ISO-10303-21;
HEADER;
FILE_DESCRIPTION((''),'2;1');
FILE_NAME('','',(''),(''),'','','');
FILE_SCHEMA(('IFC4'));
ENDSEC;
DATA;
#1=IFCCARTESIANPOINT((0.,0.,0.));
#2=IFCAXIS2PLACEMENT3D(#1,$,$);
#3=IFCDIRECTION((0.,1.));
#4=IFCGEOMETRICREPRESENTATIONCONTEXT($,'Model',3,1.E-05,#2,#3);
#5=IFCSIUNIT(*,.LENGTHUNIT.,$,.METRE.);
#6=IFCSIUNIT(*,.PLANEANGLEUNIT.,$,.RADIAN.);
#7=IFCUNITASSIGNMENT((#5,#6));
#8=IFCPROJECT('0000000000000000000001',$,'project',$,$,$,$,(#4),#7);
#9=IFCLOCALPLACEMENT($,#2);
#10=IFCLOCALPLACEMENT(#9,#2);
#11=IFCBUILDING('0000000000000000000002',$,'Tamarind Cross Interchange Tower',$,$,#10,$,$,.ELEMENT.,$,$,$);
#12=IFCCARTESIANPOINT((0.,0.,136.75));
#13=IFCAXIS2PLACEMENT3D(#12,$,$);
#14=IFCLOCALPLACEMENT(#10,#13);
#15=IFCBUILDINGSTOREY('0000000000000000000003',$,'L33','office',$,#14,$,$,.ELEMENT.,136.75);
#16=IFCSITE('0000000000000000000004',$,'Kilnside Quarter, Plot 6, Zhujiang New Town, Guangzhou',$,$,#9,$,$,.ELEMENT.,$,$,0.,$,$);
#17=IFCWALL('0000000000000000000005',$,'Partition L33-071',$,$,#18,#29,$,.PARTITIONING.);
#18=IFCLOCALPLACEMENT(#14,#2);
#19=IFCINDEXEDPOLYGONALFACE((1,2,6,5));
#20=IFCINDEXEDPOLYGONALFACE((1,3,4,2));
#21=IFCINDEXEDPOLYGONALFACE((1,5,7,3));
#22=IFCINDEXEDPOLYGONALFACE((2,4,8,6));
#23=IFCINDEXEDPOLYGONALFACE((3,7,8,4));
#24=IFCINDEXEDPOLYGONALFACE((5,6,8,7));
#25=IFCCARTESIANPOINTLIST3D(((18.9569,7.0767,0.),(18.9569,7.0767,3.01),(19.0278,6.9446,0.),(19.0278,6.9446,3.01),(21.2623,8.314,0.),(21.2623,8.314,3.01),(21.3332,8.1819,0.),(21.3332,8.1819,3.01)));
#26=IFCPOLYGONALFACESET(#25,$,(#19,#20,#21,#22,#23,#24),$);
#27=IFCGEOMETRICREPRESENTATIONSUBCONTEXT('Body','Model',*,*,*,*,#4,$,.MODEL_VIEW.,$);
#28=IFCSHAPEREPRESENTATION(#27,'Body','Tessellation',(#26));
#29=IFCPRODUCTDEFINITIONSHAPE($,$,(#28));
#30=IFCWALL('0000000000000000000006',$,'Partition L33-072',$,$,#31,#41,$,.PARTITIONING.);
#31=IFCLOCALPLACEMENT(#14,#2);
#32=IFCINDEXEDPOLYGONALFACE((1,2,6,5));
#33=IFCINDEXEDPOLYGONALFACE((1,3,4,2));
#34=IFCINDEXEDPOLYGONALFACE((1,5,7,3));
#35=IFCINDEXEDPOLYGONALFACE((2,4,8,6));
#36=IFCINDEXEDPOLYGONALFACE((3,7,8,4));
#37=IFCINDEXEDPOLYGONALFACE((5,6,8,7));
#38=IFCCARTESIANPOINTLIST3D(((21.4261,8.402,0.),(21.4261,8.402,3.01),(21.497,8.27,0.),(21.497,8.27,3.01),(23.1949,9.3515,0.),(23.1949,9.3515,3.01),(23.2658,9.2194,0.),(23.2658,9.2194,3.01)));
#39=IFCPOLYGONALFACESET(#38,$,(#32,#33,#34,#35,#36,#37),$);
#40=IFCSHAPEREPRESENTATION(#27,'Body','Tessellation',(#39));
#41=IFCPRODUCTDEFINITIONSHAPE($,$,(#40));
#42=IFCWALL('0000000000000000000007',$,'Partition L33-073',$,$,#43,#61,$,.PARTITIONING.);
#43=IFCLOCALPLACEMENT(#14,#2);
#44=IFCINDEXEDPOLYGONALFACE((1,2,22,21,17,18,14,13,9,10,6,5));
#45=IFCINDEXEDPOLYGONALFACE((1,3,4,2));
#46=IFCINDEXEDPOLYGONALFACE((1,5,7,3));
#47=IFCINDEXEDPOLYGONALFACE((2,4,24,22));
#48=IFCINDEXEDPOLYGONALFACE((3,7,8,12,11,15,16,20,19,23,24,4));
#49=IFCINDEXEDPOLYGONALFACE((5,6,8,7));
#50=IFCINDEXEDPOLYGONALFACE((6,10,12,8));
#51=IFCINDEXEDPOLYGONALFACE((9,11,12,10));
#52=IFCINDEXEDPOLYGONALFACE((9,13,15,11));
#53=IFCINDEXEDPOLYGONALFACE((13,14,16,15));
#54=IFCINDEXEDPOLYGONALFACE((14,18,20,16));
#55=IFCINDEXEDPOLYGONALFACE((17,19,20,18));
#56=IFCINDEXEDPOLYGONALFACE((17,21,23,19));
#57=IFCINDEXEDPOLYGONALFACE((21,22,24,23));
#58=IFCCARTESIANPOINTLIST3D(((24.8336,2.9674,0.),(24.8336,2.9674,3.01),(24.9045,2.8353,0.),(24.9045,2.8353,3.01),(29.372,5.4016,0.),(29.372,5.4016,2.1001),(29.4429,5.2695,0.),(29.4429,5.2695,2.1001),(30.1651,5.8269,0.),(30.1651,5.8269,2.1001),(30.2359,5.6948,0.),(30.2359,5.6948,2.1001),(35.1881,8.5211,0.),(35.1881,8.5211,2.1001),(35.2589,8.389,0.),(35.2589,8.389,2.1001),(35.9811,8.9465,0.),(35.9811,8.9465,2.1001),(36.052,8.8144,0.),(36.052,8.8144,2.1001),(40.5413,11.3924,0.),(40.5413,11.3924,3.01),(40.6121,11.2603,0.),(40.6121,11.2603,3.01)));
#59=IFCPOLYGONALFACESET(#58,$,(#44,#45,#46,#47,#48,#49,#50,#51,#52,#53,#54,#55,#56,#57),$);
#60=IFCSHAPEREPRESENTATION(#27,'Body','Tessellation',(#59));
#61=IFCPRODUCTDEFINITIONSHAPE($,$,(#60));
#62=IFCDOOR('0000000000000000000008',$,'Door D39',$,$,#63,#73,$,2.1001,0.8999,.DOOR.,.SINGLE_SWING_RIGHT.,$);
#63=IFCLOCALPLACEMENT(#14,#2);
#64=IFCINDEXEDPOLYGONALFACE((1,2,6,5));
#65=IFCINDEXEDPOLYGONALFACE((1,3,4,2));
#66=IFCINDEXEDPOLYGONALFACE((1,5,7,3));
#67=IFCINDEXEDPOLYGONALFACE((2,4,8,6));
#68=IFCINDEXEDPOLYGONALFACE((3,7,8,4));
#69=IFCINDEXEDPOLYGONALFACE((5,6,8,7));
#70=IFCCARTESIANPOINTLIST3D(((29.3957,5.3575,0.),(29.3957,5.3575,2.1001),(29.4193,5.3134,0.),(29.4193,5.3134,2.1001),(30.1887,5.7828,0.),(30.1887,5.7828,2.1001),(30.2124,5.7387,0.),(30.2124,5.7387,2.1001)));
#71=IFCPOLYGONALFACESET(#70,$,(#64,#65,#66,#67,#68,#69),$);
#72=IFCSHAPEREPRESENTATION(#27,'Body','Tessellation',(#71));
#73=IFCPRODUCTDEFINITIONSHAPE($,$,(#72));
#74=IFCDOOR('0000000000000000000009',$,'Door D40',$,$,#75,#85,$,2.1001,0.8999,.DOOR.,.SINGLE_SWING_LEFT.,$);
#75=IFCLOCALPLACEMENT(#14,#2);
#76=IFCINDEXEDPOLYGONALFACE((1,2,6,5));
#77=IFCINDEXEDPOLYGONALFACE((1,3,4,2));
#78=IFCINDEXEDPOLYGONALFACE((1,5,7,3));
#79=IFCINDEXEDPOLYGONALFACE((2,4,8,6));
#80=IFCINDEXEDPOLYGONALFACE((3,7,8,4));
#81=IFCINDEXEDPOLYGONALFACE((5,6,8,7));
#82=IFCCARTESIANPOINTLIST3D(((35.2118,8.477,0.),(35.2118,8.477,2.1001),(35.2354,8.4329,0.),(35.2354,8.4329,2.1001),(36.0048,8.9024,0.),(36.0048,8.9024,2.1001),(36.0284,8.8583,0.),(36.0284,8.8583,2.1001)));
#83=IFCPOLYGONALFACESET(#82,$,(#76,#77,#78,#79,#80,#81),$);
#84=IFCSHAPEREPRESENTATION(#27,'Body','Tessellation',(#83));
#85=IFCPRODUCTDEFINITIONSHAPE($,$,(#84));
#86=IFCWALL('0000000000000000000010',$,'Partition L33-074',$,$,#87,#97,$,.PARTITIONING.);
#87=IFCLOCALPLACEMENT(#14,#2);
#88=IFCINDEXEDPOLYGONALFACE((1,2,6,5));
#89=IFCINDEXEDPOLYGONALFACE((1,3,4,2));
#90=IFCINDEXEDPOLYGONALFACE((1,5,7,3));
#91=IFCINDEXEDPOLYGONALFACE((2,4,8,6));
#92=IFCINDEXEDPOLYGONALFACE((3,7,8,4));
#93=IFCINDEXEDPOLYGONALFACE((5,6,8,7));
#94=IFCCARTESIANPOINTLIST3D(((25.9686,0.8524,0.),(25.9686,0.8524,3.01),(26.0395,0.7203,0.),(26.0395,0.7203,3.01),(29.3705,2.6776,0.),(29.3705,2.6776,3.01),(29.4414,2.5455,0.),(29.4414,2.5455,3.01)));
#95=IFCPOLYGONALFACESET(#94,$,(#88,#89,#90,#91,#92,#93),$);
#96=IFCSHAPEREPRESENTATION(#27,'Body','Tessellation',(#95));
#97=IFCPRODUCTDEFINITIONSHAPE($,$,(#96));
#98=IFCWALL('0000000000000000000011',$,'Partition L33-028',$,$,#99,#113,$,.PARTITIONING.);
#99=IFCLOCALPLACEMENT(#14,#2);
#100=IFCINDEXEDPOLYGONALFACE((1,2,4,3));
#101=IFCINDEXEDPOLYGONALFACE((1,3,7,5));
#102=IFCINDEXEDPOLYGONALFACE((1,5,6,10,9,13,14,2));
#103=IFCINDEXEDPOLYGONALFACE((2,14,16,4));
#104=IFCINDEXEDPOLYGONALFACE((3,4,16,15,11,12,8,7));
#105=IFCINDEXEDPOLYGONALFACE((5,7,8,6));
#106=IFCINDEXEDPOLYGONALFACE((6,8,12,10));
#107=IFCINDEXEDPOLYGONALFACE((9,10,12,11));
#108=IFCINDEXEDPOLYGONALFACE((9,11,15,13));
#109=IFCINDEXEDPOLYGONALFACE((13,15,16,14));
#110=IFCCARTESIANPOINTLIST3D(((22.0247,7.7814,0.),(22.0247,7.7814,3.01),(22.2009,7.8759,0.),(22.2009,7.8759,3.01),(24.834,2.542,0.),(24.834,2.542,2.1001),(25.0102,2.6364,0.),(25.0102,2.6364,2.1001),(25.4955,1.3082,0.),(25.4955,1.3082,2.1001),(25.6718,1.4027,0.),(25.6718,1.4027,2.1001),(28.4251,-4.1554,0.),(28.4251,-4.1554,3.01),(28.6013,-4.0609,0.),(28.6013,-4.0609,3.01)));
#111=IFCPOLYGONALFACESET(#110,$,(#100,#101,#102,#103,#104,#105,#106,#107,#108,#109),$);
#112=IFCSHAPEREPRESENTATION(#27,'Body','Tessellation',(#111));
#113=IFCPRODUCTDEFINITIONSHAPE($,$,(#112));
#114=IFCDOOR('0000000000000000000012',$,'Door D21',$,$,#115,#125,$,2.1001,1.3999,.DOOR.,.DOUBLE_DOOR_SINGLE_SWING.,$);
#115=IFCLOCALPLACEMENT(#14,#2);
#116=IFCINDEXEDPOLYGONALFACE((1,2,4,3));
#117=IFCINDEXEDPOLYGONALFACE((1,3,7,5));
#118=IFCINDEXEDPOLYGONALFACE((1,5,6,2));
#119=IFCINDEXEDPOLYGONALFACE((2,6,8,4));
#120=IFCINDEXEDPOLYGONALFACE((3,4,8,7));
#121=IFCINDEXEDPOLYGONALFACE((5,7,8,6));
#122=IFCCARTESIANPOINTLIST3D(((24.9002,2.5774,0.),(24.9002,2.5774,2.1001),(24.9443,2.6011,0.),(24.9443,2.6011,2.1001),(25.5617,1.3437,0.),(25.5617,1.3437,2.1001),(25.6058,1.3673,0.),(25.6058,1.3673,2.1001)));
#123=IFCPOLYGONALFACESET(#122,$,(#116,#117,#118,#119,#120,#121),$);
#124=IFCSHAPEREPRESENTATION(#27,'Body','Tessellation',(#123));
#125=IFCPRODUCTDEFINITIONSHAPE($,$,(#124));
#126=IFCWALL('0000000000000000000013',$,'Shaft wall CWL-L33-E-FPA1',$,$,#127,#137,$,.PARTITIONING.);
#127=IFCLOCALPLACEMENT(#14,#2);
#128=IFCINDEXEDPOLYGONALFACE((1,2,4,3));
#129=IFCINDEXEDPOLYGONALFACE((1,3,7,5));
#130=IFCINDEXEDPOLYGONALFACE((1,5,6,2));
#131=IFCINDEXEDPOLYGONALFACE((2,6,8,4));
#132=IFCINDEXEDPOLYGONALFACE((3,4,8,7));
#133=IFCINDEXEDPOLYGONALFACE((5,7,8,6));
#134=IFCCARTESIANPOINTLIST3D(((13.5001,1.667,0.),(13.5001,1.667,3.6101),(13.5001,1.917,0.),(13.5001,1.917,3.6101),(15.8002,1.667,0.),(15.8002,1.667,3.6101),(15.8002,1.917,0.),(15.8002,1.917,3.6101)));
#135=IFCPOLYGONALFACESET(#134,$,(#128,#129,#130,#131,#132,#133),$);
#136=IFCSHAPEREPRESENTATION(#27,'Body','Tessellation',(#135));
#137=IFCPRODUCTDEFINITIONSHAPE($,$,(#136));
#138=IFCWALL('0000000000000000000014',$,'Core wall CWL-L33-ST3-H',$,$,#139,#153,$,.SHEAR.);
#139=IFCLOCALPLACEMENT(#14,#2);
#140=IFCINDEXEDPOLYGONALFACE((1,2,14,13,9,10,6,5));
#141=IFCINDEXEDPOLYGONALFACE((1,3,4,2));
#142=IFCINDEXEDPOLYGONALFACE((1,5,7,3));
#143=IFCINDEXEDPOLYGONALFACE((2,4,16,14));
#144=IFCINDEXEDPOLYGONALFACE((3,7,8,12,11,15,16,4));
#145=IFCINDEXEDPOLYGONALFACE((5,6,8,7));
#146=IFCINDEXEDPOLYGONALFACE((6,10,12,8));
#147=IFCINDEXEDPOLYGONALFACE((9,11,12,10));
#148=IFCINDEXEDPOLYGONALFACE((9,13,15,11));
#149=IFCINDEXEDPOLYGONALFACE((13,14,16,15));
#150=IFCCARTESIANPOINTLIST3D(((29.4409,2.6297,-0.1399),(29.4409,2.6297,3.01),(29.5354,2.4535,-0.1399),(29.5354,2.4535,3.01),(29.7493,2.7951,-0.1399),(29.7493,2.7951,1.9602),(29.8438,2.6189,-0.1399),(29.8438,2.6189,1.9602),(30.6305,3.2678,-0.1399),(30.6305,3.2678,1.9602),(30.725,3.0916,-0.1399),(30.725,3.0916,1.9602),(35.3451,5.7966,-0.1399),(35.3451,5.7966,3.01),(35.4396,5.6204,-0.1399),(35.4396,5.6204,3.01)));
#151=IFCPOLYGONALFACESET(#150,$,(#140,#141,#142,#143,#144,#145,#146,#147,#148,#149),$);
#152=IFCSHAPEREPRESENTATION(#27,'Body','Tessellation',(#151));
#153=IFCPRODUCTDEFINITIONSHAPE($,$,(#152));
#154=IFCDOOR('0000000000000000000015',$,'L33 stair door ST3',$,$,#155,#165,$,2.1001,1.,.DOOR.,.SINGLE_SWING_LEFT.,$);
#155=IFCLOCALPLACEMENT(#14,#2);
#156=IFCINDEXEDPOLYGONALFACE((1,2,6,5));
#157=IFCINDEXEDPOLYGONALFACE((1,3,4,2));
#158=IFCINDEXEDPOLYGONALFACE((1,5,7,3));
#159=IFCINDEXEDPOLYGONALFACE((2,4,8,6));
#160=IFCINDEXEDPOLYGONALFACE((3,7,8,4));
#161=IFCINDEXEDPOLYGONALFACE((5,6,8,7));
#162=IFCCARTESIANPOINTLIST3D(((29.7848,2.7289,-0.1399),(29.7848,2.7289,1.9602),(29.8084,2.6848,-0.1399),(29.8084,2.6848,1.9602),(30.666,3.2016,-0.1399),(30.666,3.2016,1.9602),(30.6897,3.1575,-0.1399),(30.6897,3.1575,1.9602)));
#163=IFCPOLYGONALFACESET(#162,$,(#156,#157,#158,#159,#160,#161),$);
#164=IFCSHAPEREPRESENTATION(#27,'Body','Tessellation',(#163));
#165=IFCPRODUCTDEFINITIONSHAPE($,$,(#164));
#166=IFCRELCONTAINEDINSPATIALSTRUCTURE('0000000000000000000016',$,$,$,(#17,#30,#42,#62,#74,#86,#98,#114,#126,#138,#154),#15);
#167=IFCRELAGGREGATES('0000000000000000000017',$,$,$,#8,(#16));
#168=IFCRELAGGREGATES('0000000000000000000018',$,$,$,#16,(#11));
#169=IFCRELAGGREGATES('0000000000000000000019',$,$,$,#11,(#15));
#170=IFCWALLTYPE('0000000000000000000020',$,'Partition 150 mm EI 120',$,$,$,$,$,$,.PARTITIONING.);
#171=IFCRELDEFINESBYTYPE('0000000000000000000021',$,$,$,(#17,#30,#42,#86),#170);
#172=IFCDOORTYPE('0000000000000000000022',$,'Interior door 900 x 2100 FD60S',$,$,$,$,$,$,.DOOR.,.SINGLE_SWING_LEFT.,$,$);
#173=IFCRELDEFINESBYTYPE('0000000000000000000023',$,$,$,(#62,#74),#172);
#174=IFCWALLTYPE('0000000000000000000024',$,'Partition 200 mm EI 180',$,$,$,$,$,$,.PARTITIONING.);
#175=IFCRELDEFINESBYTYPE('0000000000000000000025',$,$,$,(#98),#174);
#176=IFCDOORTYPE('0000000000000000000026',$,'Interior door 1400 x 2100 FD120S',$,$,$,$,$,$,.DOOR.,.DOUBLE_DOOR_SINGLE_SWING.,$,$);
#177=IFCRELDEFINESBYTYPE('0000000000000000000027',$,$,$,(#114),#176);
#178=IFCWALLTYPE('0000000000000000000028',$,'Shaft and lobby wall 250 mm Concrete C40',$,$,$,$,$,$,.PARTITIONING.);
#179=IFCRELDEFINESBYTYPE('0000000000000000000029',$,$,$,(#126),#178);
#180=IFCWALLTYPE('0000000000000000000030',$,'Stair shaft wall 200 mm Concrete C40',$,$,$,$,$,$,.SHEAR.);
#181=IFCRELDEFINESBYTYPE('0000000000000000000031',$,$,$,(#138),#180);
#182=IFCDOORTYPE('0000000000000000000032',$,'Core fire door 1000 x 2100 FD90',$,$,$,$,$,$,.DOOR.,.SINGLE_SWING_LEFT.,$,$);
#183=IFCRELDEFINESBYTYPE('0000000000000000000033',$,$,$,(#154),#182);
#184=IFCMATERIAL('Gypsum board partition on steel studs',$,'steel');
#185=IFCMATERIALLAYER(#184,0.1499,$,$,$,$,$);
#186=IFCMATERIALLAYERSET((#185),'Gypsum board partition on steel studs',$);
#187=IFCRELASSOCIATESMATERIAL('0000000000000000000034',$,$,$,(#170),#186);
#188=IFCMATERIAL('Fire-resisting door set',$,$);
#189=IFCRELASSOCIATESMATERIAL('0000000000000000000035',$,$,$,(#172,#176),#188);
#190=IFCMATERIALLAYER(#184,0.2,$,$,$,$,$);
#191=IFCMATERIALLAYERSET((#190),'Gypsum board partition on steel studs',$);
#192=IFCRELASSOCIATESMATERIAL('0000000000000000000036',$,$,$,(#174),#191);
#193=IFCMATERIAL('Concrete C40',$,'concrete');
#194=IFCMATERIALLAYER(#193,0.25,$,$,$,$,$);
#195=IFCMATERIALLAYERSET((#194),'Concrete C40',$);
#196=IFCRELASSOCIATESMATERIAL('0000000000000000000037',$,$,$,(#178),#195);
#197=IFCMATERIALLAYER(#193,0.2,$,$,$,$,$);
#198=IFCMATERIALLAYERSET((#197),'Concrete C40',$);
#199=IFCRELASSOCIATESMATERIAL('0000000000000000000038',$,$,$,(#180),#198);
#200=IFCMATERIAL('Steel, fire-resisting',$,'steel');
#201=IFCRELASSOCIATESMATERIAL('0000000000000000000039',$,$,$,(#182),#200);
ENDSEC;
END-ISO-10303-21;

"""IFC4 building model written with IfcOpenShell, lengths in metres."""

from ifc_helpers import new_model, si_unit, direction, frame, frame_2d, origin, place, context, subcontext, project, spatial, rectangle, extrude, material, layer, layer_set, type_object, element, fill, save


model = new_model("IFC4")

# Units and contexts
model_context = context("Model", 3, precision=1e-05, world=origin(), true_north=direction((0.0, 1.0)))
body_context = subcontext(model_context, "Body", "Model", "MODEL_VIEW")
ifc_project = project(units=[si_unit("LENGTHUNIT", "METRE"), si_unit("PLANEANGLEUNIT", "RADIAN")], contexts=[model_context])

# Site, building, storey
site_placement = place(None, origin())
site = spatial("IfcSite", under=ifc_project, at=site_placement, Name="Kilnside Quarter, Plot 6, Zhujiang New Town, Guangzhou", CompositionType="ELEMENT", RefElevation=0.0)
building_placement = place(site_placement, origin())
building = spatial("IfcBuilding", under=site, at=building_placement, Name="Tamarind Cross Interchange Tower", CompositionType="ELEMENT")
storey_placement = place(building_placement, frame((0.0, 0.0, 136.75)))
storey = spatial("IfcBuildingStorey", under=building, at=storey_placement, Name="L33", Description="office", CompositionType="ELEMENT", Elevation=136.75)

# Walls
ifc_material_1 = material(Name="Gypsum board partition on steel studs", Category="steel")
ifc_layer_1 = layer(ifc_material_1, 0.1499)
ifc_layer_set_1 = layer_set([ifc_layer_1], Name="Gypsum board partition on steel studs")
wall_type_1 = type_object("IfcWallType", Name="Partition 150 mm EI 120", PredefinedType="PARTITIONING", material=ifc_layer_set_1)
wall_1_placement = place(storey_placement, frame((18.9924, 7.0107, 0.0), z_axis=(0.0, 0.0, 1.0), x_axis=(0.88112, 0.472892, 0.0)))
element("IfcWall", 1, at=wall_1_placement, inside=storey, type_object=wall_type_1, Name="Partition L33-071", PredefinedType="PARTITIONING", context=body_context, shape_type="SweptSolid", body=[
    extrude(rectangle(XDim=2.6165, YDim=0.1499, at=frame_2d((1.3081, 0.0))), origin(), (0.0, 0.0, 1.0), 3.01),
])
wall_2_placement = place(storey_placement, frame((21.4614, 8.3359, 0.0), z_axis=(0.0, 0.0, 1.0), x_axis=(0.881087, 0.472954, 0.0)))
element("IfcWall", 2, at=wall_2_placement, inside=storey, type_object=wall_type_1, Name="Partition L33-072", PredefinedType="PARTITIONING", context=body_context, shape_type="SweptSolid", body=[
    extrude(rectangle(XDim=2.0076, YDim=0.1499, at=frame_2d((1.0039, 0.0))), origin(), (0.0, 0.0, 1.0), 3.01),
])

# Wall, openings, doors
wall_3_placement = place(storey_placement, frame((24.8691, 2.9014, 0.0), z_axis=(0.0, 0.0, 1.0), x_axis=(0.881242, 0.472665, 0.0)))
wall_3 = element("IfcWall", 3, at=wall_3_placement, inside=storey, type_object=wall_type_1, Name="Partition L33-073", PredefinedType="PARTITIONING", context=body_context, shape_type="SweptSolid", body=[
    extrude(rectangle(XDim=17.8245, YDim=0.1499, at=frame_2d((8.9121, 0.0))), origin(), (0.0, 0.0, 1.0), 3.01),
])
opening_1_placement = place(wall_3_placement, frame((5.1499, 0.0, 0.0)))
opening_1 = element("IfcOpeningElement", 4, at=opening_1_placement, cuts=wall_3, PredefinedType="OPENING", context=body_context, shape_type="SweptSolid", body=[
    extrude(rectangle(XDim=0.8999, YDim=2.1001, at=frame_2d((0.45, 1.05))), frame((0.0, 0.085, 0.0), z_axis=(0.0, -1.0, 0.0), x_axis=(1.0, 0.0, 0.0)), (0.0, 0.0, 1.0), 0.1699),
])
opening_2_placement = place(wall_3_placement, frame((11.7498, 0.0, 0.0)))
opening_2 = element("IfcOpeningElement", 5, at=opening_2_placement, cuts=wall_3, PredefinedType="OPENING", context=body_context, shape_type="SweptSolid", body=[
    extrude(rectangle(XDim=0.8999, YDim=2.1001, at=frame_2d((0.45, 1.05))), frame((0.0, 0.085, 0.0), z_axis=(0.0, -1.0, 0.0), x_axis=(1.0, 0.0, 0.0)), (0.0, 0.0, 1.0), 0.1699),
])
ifc_material_2 = material(Name="Fire-resisting door set")
door_type_1 = type_object("IfcDoorType", Name="Interior door 900 x 2100 FD60S", OperationType="SINGLE_SWING_LEFT", PredefinedType="DOOR", material=ifc_material_2)
door_1_placement = place(opening_1_placement, origin())
door_1 = element("IfcDoor", 6, at=door_1_placement, inside=storey, type_object=door_type_1, Name="Door D39", OperationType="SINGLE_SWING_RIGHT", OverallHeight=2.1001, OverallWidth=0.8999, PredefinedType="DOOR", context=body_context, shape_type="SweptSolid", body=[
    extrude(rectangle(XDim=0.8999, YDim=2.1001, at=frame_2d((0.45, 1.05))), frame((0.0, 0.0249, 0.0), z_axis=(0.0, -1.0, 0.0), x_axis=(1.0, 0.0, 0.0)), (0.0, 0.0, 1.0), 0.05),
])
fill(opening_1, door_1)
door_2_placement = place(opening_2_placement, origin())
door_2 = element("IfcDoor", 7, at=door_2_placement, inside=storey, type_object=door_type_1, Name="Door D40", OperationType="SINGLE_SWING_LEFT", OverallHeight=2.1001, OverallWidth=0.8999, PredefinedType="DOOR", context=body_context, shape_type="SweptSolid", body=[
    extrude(rectangle(XDim=0.8999, YDim=2.1001, at=frame_2d((0.45, 1.05))), frame((0.0, 0.0249, 0.0), z_axis=(0.0, -1.0, 0.0), x_axis=(1.0, 0.0, 0.0)), (0.0, 0.0, 1.0), 0.05),
])
fill(opening_2, door_2)

# Wall
wall_4_placement = place(storey_placement, frame((26.0042, 0.7864, 0.0), z_axis=(0.0, 0.0, 1.0), x_axis=(0.881181, 0.472779, 0.0)))
element("IfcWall", 8, at=wall_4_placement, inside=storey, type_object=wall_type_1, Name="Partition L33-074", PredefinedType="PARTITIONING", context=body_context, shape_type="SweptSolid", body=[
    extrude(rectangle(XDim=3.8606, YDim=0.1499, at=frame_2d((1.9302, 0.0))), origin(), (0.0, 0.0, 1.0), 3.01),
])

# Wall, opening, door
ifc_layer_2 = layer(ifc_material_1, 0.2)
ifc_layer_set_2 = layer_set([ifc_layer_2], Name="Gypsum board partition on steel studs")
wall_type_2 = type_object("IfcWallType", Name="Partition 200 mm EI 180", PredefinedType="PARTITIONING", material=ifc_layer_set_2)
wall_5_placement = place(storey_placement, frame((22.1128, 7.8286, 0.0), z_axis=(0.0, 0.0, 1.0), x_axis=(0.472548, -0.881305, 0.0)))
wall_5 = element("IfcWall", 9, at=wall_5_placement, inside=storey, type_object=wall_type_2, Name="Partition L33-028", PredefinedType="PARTITIONING", context=body_context, shape_type="SweptSolid", body=[
    extrude(rectangle(XDim=13.5444, YDim=0.2, at=frame_2d((6.7722, 0.0))), origin(), (0.0, 0.0, 1.0), 3.01),
])
opening_3_placement = place(wall_5_placement, frame((5.9451, 0.0, 0.0)))
opening_3 = element("IfcOpeningElement", 10, at=opening_3_placement, cuts=wall_5, PredefinedType="OPENING", context=body_context, shape_type="SweptSolid", body=[
    extrude(rectangle(XDim=1.3999, YDim=2.1001, at=frame_2d((0.7, 1.05))), frame((0.0, 0.1099, 0.0), z_axis=(0.0, -1.0, 0.0), x_axis=(1.0, 0.0, 0.0)), (0.0, 0.0, 1.0), 0.22),
])
door_type_2 = type_object("IfcDoorType", Name="Interior door 1400 x 2100 FD120S", OperationType="DOUBLE_DOOR_SINGLE_SWING", PredefinedType="DOOR", material=ifc_material_2)
door_3_placement = place(opening_3_placement, frame((1.3999, 0.0, 0.0), z_axis=(0.0, 0.0, 1.0), x_axis=(-1.0, 0.0, 0.0)))
door_3 = element("IfcDoor", 11, at=door_3_placement, inside=storey, type_object=door_type_2, Name="Door D21", OperationType="DOUBLE_DOOR_SINGLE_SWING", OverallHeight=2.1001, OverallWidth=1.3999, PredefinedType="DOOR", context=body_context, shape_type="SweptSolid", body=[
    extrude(rectangle(XDim=1.3999, YDim=2.1001, at=frame_2d((0.7, 1.05))), frame((0.0, 0.0249, 0.0), z_axis=(0.0, -1.0, 0.0), x_axis=(1.0, 0.0, 0.0)), (0.0, 0.0, 1.0), 0.05),
])
fill(opening_3, door_3)

# Wall
ifc_material_3 = material(Name="Concrete C40", Category="concrete")
ifc_layer_3 = layer(ifc_material_3, 0.25)
ifc_layer_set_3 = layer_set([ifc_layer_3], Name="Concrete C40")
wall_type_3 = type_object("IfcWallType", Name="Shaft and lobby wall 250 mm Concrete C40", PredefinedType="PARTITIONING", material=ifc_layer_set_3)
wall_6_placement = place(storey_placement, frame((15.8, 1.792, 0.0), z_axis=(0.0, 0.0, 1.0), x_axis=(-1.0, 0.0, 0.0)))
element("IfcWall", 12, at=wall_6_placement, inside=storey, type_object=wall_type_3, Name="Shaft wall CWL-L33-E-FPA1", PredefinedType="PARTITIONING", context=body_context, shape_type="SweptSolid", body=[
    extrude(rectangle(XDim=2.3, YDim=0.25, at=frame_2d((1.1499, 0.0))), origin(), (0.0, 0.0, 1.0), 3.6101),
])

# Wall, opening, door
ifc_layer_4 = layer(ifc_material_3, 0.2)
ifc_layer_set_4 = layer_set([ifc_layer_4], Name="Concrete C40")
wall_type_4 = type_object("IfcWallType", Name="Stair shaft wall 200 mm Concrete C40", PredefinedType="SHEAR", material=ifc_layer_set_4)
wall_7_placement = place(storey_placement, frame((29.488, 2.5415, -0.1399), z_axis=(0.0, 0.0, 1.0), x_axis=(0.881233, 0.472682, 0.0)))
wall_7 = element("IfcWall", 13, at=wall_7_placement, inside=storey, type_object=wall_type_4, Name="Core wall CWL-L33-ST3-H", PredefinedType="SHEAR", context=body_context, shape_type="SweptSolid", body=[
    extrude(rectangle(XDim=6.7, YDim=0.2, at=frame_2d((3.3501, 0.0))), origin(), (0.0, 0.0, 1.0), 3.1499),
])
opening_4_placement = place(wall_7_placement, frame((0.3501, 0.0, 0.0)))
opening_4 = element("IfcOpeningElement", 14, at=opening_4_placement, cuts=wall_7, PredefinedType="OPENING", context=body_context, shape_type="SweptSolid", body=[
    extrude(rectangle(XDim=1.0, YDim=2.1001, at=frame_2d((0.5, 1.05))), frame((0.0, 0.1099, 0.0), z_axis=(0.0, -1.0, 0.0), x_axis=(1.0, 0.0, 0.0)), (0.0, 0.0, 1.0), 0.22),
])
ifc_material_4 = material(Name="Steel, fire-resisting", Category="steel")
door_type_3 = type_object("IfcDoorType", Name="Core fire door 1000 x 2100 FD90", OperationType="SINGLE_SWING_LEFT", PredefinedType="DOOR", material=ifc_material_4)
door_4_placement = place(opening_4_placement, origin())
door_4 = element("IfcDoor", 15, at=door_4_placement, inside=storey, type_object=door_type_3, Name="L33 stair door ST3", OperationType="SINGLE_SWING_LEFT", OverallHeight=2.1001, OverallWidth=1.0, PredefinedType="DOOR", context=body_context, shape_type="SweptSolid", body=[
    extrude(rectangle(XDim=1.0, YDim=2.1001, at=frame_2d((0.5, 1.05))), frame((0.0, 0.0249, 0.0), z_axis=(0.0, -1.0, 0.0), x_axis=(1.0, 0.0, 0.0)), (0.0, 0.0, 1.0), 0.05),
])
fill(opening_4, door_4)

save(model, "model.ifc")
